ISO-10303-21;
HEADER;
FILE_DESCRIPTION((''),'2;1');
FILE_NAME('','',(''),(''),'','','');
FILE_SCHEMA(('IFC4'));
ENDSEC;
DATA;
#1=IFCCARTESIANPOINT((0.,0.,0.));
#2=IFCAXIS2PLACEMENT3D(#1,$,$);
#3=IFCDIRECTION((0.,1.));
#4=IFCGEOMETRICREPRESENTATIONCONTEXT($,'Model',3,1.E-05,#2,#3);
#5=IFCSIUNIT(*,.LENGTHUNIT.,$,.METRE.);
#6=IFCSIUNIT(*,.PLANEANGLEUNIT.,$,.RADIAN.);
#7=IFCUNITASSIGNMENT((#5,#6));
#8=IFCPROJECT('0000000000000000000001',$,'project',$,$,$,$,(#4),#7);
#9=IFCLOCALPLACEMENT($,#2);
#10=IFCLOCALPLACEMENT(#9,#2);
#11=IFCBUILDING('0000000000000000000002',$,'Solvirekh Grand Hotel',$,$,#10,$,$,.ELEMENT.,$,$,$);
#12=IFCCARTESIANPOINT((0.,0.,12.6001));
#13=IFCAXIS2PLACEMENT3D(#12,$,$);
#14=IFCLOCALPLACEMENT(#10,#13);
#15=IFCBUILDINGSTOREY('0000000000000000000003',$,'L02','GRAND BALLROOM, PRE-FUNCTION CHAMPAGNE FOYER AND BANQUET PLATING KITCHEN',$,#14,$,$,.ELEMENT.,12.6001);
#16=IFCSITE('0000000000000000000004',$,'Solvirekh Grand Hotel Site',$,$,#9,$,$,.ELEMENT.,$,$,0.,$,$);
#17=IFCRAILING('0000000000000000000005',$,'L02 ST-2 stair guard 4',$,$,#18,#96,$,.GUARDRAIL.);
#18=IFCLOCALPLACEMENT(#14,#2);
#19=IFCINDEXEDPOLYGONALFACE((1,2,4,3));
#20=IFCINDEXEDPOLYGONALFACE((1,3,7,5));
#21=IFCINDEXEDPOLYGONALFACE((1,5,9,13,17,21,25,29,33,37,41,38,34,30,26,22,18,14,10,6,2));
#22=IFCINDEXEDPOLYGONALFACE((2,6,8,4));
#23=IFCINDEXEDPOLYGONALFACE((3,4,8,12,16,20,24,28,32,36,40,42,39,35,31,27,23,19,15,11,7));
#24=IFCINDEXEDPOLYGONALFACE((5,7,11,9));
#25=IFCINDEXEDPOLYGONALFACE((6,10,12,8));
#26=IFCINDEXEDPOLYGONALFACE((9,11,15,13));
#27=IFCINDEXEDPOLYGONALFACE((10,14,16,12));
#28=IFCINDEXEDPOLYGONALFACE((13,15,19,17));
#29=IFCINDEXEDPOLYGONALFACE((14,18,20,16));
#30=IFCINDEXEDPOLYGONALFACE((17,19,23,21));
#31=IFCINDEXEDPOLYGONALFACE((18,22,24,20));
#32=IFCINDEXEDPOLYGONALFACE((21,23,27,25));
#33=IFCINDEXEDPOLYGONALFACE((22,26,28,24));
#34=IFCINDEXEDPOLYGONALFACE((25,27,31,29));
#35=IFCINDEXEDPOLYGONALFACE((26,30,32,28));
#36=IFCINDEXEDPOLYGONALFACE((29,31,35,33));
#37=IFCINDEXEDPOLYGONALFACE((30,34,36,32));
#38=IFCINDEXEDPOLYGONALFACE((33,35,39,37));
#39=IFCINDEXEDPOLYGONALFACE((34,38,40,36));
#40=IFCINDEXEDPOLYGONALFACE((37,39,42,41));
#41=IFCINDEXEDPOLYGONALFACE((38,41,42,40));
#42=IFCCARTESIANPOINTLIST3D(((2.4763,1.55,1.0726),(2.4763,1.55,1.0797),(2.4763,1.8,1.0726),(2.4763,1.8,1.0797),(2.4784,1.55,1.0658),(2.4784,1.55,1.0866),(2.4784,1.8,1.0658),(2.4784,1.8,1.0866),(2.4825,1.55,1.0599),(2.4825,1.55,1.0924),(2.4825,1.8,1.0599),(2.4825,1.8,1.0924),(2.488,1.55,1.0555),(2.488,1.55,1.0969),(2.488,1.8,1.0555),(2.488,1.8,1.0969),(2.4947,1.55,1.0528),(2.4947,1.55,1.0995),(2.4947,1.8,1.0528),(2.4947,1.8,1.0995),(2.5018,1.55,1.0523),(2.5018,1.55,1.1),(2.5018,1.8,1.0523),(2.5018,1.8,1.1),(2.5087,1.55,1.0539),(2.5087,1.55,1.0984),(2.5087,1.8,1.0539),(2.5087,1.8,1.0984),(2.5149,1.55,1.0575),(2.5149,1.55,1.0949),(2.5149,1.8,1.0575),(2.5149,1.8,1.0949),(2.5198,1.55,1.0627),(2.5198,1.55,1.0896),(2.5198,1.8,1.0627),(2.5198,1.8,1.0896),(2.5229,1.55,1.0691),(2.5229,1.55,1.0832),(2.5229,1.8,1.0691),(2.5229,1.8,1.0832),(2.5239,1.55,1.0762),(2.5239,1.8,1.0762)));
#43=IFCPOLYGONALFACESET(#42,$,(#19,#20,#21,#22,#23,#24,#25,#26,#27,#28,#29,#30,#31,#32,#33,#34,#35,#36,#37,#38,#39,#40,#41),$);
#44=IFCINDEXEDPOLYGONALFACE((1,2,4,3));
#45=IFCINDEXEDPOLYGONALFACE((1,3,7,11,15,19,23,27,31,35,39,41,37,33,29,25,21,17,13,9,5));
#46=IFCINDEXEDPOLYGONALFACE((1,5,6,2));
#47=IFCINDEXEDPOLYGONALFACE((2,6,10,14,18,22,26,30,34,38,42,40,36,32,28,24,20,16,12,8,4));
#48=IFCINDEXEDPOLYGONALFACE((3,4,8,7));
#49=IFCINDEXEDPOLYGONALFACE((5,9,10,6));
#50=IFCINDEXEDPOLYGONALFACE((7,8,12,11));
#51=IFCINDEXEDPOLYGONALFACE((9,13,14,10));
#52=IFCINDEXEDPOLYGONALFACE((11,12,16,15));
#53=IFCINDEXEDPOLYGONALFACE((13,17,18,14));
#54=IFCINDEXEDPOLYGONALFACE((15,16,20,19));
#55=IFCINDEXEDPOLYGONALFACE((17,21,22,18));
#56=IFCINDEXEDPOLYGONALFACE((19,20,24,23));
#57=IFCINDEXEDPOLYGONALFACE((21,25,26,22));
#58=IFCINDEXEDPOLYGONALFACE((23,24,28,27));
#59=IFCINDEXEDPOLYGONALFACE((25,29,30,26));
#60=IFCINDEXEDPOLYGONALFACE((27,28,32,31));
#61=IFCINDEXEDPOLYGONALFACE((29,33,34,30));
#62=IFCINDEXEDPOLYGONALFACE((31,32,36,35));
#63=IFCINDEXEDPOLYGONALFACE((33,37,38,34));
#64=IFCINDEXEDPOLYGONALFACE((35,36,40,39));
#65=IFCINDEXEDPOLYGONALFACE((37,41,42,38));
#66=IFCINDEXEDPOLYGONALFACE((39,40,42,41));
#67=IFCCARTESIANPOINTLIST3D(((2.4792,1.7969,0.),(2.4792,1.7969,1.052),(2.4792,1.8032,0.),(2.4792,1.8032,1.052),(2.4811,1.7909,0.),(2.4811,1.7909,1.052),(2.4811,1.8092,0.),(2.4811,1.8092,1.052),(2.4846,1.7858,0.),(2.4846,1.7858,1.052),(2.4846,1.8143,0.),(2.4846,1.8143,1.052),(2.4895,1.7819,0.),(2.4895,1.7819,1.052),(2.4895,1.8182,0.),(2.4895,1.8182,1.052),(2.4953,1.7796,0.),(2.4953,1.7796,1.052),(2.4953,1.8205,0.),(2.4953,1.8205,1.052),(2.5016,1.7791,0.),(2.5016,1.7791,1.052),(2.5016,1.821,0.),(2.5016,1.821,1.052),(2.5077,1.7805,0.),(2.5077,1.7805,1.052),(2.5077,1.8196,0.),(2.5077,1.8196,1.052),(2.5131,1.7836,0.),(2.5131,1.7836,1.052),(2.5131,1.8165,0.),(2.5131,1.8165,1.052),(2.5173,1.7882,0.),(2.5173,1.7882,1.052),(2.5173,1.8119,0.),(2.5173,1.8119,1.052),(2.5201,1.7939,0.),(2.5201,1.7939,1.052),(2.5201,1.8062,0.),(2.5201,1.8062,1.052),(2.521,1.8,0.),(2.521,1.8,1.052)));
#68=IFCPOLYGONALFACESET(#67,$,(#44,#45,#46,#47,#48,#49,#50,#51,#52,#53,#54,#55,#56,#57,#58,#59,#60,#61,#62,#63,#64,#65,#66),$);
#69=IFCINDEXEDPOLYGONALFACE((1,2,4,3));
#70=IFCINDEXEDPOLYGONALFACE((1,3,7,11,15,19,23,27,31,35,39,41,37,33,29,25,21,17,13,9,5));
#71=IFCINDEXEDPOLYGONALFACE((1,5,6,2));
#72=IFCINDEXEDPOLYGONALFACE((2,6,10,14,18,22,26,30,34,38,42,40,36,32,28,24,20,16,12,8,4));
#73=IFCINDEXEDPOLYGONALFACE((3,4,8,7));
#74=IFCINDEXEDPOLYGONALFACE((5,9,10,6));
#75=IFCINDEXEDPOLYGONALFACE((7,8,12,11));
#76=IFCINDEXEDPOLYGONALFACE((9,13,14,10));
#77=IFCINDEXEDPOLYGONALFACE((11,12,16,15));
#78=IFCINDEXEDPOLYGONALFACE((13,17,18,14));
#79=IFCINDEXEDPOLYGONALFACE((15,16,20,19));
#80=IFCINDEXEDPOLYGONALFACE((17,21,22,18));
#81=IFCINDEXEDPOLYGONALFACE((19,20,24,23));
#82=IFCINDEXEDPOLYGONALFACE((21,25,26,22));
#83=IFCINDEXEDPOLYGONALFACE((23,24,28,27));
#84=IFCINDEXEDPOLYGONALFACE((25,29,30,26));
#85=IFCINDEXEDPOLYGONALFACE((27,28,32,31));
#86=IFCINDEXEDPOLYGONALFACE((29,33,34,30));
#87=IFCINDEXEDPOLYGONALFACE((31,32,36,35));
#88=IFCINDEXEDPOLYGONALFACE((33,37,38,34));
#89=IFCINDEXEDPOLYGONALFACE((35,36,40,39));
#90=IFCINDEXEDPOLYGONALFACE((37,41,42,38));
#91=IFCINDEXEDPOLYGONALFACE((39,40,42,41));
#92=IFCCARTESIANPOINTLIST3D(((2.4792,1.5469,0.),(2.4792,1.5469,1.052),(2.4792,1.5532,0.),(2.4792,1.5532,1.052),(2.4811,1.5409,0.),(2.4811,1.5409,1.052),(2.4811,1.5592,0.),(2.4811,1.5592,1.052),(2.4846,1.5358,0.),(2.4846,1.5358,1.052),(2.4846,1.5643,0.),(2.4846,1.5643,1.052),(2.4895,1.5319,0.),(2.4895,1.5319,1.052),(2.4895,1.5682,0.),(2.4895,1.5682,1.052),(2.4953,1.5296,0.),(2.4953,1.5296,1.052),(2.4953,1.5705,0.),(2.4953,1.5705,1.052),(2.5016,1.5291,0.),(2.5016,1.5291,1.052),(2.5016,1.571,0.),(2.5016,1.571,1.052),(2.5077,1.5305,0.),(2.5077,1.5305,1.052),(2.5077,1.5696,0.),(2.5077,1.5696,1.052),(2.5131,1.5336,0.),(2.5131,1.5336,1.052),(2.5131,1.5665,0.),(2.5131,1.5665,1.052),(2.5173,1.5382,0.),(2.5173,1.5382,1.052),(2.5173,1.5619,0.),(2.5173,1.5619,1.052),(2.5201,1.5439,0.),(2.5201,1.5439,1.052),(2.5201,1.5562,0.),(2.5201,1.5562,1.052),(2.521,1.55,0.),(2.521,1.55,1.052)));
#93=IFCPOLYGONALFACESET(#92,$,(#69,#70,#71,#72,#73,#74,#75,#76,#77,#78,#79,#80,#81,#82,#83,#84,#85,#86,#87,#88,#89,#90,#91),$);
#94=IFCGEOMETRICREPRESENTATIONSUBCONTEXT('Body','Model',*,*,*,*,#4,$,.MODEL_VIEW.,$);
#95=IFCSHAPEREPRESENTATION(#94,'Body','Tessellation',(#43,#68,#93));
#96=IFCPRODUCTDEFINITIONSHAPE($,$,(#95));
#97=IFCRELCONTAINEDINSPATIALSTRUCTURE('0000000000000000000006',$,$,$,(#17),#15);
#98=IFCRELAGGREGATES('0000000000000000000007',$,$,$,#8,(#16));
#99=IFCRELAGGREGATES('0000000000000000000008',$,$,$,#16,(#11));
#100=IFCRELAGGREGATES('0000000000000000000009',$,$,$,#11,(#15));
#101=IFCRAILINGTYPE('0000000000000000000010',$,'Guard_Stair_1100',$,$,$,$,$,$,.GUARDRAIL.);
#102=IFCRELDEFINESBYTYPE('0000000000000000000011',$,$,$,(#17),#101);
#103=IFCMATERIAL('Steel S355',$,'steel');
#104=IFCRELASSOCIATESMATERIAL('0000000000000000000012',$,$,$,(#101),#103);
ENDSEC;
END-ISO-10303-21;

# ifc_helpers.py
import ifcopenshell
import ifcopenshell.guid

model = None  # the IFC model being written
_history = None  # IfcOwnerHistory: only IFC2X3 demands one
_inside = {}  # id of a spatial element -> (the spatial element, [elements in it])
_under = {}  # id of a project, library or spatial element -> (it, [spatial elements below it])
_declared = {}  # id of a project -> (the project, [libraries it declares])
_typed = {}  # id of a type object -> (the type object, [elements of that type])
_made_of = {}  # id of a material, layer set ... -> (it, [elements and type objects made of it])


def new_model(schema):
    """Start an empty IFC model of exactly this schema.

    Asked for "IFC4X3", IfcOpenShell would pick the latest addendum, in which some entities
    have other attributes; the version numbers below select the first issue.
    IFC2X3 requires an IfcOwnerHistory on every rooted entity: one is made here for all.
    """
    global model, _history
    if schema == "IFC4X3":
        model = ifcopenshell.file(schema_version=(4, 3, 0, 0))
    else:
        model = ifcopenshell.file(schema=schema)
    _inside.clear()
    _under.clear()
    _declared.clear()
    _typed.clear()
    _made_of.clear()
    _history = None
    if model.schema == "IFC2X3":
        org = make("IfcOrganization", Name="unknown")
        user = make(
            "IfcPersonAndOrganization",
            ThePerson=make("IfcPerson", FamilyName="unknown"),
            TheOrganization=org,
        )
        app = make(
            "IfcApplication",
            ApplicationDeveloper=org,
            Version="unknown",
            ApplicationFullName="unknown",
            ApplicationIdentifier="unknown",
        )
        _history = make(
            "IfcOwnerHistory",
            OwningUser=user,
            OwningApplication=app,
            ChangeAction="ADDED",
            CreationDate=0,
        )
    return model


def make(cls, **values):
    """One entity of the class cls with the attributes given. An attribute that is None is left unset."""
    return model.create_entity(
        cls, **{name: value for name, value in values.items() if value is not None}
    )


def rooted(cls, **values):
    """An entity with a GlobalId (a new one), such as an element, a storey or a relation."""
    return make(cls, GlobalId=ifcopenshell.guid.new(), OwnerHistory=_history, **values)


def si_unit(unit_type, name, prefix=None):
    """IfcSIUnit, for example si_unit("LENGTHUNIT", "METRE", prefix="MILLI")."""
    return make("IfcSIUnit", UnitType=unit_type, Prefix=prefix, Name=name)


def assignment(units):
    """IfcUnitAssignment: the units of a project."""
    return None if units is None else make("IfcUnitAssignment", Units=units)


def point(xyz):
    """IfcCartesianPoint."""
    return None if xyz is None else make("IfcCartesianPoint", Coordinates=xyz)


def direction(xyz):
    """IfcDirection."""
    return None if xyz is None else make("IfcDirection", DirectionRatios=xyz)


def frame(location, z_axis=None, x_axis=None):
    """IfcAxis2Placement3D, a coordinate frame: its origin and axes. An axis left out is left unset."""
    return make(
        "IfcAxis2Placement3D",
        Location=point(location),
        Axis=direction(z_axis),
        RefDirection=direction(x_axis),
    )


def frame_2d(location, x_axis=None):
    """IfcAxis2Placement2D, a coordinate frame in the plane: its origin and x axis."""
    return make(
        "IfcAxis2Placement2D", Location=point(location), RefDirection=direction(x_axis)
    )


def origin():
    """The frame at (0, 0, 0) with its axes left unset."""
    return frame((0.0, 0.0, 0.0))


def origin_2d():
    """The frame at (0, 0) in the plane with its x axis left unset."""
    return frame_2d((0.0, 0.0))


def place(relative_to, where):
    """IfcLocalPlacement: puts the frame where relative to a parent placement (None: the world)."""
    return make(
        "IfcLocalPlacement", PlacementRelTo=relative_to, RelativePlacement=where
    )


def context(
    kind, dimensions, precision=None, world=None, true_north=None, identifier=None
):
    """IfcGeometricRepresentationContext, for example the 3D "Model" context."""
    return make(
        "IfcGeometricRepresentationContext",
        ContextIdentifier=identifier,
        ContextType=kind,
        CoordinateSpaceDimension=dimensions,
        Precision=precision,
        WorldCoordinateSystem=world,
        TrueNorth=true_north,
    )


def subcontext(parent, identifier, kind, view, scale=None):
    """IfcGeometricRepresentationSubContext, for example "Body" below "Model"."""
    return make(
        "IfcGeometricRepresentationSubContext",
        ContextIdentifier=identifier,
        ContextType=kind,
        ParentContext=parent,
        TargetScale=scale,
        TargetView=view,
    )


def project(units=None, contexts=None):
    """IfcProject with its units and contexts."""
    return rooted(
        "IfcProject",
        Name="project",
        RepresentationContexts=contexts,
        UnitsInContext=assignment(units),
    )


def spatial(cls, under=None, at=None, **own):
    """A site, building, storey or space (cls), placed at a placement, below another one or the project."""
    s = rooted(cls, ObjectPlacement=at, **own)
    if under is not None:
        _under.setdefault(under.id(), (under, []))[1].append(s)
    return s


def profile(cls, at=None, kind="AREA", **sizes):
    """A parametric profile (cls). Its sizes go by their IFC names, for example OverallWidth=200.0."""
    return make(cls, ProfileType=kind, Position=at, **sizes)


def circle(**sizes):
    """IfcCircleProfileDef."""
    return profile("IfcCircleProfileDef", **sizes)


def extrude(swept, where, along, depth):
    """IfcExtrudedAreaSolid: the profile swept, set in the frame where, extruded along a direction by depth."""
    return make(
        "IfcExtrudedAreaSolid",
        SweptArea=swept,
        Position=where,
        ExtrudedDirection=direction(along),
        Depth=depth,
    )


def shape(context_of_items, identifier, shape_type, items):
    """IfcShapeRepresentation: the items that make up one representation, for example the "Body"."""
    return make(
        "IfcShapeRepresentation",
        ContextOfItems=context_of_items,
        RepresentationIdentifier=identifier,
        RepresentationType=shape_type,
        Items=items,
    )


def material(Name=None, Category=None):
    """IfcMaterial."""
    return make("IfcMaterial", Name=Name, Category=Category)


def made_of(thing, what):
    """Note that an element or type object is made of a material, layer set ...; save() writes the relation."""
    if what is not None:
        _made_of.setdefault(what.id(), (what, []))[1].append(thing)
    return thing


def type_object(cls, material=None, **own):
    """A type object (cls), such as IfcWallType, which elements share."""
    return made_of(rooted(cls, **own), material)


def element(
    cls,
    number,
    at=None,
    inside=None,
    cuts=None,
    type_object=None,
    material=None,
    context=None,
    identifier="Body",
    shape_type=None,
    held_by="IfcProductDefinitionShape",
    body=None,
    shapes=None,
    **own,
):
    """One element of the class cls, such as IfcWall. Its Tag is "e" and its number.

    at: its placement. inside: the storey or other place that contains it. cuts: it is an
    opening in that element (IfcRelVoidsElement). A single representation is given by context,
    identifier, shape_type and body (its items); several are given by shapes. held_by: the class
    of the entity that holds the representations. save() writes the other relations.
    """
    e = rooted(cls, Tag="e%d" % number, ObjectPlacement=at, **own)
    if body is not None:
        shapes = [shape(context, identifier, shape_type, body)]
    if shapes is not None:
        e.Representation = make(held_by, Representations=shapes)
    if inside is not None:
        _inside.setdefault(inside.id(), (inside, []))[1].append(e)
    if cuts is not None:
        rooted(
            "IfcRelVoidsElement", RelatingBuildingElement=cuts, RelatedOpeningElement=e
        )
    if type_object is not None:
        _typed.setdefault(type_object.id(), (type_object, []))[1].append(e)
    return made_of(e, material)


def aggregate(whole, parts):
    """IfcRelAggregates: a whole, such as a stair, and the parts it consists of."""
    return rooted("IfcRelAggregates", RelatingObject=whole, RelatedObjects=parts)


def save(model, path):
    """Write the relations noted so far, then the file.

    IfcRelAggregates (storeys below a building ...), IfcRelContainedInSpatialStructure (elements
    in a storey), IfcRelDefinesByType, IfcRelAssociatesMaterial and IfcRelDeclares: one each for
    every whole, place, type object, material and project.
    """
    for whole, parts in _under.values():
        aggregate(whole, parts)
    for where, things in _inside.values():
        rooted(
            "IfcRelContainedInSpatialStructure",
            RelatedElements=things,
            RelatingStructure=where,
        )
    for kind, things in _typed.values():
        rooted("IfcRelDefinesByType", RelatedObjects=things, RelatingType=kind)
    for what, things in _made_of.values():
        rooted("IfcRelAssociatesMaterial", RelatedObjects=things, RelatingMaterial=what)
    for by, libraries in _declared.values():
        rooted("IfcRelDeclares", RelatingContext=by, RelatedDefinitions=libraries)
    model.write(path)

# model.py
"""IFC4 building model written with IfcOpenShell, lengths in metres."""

from ifc_helpers import new_model, si_unit, direction, frame, origin, origin_2d, place, context, subcontext, project, spatial, circle, extrude, material, type_object, element, save


model = new_model("IFC4")

# Units and contexts
model_context = context("Model", 3, precision=1e-05, world=origin(), true_north=direction((0.0, 1.0)))
body_context = subcontext(model_context, "Body", "Model", "MODEL_VIEW")
ifc_project = project(units=[si_unit("LENGTHUNIT", "METRE"), si_unit("PLANEANGLEUNIT", "RADIAN")], contexts=[model_context])

# Site, building, storey
site_placement = place(None, origin())
site = spatial("IfcSite", under=ifc_project, at=site_placement, Name="Solvirekh Grand Hotel Site", CompositionType="ELEMENT", RefElevation=0.0)
building_placement = place(site_placement, origin())
building = spatial("IfcBuilding", under=site, at=building_placement, Name="Solvirekh Grand Hotel", CompositionType="ELEMENT")
storey_placement = place(building_placement, frame((0.0, 0.0, 12.6001)))
storey = spatial("IfcBuildingStorey", under=building, at=storey_placement, Name="L02", Description="GRAND BALLROOM, PRE-FUNCTION CHAMPAGNE FOYER AND BANQUET PLATING KITCHEN", CompositionType="ELEMENT", Elevation=12.6001)

# Railing
ifc_material_1 = material(Name="Steel S355", Category="steel")
railing_type_1 = type_object("IfcRailingType", Name="Guard_Stair_1100", PredefinedType="GUARDRAIL", material=ifc_material_1)
railing_1_placement = place(storey_placement, frame((2.5, 1.8, 0.0)))
element("IfcRailing", 1, at=railing_1_placement, inside=storey, type_object=railing_type_1, Name="L02 ST-2 stair guard 4", PredefinedType="GUARDRAIL", context=body_context, shape_type="SweptSolid", body=[
    extrude(circle(Radius=0.0239, at=origin_2d()), frame((0.0, 0.0, 1.0762), z_axis=(0.0, -1.0, 0.0), x_axis=(1.0, 0.0, 0.0)), (0.0, 0.0, 1.0), 0.25),
    extrude(circle(Radius=0.021, at=origin_2d()), origin(), (0.0, 0.0, 1.0), 1.052),
    extrude(circle(Radius=0.021, at=origin_2d()), frame((0.0, -0.25, 0.0)), (0.0, 0.0, 1.0), 1.052),
])

save(model, "model.ifc")
